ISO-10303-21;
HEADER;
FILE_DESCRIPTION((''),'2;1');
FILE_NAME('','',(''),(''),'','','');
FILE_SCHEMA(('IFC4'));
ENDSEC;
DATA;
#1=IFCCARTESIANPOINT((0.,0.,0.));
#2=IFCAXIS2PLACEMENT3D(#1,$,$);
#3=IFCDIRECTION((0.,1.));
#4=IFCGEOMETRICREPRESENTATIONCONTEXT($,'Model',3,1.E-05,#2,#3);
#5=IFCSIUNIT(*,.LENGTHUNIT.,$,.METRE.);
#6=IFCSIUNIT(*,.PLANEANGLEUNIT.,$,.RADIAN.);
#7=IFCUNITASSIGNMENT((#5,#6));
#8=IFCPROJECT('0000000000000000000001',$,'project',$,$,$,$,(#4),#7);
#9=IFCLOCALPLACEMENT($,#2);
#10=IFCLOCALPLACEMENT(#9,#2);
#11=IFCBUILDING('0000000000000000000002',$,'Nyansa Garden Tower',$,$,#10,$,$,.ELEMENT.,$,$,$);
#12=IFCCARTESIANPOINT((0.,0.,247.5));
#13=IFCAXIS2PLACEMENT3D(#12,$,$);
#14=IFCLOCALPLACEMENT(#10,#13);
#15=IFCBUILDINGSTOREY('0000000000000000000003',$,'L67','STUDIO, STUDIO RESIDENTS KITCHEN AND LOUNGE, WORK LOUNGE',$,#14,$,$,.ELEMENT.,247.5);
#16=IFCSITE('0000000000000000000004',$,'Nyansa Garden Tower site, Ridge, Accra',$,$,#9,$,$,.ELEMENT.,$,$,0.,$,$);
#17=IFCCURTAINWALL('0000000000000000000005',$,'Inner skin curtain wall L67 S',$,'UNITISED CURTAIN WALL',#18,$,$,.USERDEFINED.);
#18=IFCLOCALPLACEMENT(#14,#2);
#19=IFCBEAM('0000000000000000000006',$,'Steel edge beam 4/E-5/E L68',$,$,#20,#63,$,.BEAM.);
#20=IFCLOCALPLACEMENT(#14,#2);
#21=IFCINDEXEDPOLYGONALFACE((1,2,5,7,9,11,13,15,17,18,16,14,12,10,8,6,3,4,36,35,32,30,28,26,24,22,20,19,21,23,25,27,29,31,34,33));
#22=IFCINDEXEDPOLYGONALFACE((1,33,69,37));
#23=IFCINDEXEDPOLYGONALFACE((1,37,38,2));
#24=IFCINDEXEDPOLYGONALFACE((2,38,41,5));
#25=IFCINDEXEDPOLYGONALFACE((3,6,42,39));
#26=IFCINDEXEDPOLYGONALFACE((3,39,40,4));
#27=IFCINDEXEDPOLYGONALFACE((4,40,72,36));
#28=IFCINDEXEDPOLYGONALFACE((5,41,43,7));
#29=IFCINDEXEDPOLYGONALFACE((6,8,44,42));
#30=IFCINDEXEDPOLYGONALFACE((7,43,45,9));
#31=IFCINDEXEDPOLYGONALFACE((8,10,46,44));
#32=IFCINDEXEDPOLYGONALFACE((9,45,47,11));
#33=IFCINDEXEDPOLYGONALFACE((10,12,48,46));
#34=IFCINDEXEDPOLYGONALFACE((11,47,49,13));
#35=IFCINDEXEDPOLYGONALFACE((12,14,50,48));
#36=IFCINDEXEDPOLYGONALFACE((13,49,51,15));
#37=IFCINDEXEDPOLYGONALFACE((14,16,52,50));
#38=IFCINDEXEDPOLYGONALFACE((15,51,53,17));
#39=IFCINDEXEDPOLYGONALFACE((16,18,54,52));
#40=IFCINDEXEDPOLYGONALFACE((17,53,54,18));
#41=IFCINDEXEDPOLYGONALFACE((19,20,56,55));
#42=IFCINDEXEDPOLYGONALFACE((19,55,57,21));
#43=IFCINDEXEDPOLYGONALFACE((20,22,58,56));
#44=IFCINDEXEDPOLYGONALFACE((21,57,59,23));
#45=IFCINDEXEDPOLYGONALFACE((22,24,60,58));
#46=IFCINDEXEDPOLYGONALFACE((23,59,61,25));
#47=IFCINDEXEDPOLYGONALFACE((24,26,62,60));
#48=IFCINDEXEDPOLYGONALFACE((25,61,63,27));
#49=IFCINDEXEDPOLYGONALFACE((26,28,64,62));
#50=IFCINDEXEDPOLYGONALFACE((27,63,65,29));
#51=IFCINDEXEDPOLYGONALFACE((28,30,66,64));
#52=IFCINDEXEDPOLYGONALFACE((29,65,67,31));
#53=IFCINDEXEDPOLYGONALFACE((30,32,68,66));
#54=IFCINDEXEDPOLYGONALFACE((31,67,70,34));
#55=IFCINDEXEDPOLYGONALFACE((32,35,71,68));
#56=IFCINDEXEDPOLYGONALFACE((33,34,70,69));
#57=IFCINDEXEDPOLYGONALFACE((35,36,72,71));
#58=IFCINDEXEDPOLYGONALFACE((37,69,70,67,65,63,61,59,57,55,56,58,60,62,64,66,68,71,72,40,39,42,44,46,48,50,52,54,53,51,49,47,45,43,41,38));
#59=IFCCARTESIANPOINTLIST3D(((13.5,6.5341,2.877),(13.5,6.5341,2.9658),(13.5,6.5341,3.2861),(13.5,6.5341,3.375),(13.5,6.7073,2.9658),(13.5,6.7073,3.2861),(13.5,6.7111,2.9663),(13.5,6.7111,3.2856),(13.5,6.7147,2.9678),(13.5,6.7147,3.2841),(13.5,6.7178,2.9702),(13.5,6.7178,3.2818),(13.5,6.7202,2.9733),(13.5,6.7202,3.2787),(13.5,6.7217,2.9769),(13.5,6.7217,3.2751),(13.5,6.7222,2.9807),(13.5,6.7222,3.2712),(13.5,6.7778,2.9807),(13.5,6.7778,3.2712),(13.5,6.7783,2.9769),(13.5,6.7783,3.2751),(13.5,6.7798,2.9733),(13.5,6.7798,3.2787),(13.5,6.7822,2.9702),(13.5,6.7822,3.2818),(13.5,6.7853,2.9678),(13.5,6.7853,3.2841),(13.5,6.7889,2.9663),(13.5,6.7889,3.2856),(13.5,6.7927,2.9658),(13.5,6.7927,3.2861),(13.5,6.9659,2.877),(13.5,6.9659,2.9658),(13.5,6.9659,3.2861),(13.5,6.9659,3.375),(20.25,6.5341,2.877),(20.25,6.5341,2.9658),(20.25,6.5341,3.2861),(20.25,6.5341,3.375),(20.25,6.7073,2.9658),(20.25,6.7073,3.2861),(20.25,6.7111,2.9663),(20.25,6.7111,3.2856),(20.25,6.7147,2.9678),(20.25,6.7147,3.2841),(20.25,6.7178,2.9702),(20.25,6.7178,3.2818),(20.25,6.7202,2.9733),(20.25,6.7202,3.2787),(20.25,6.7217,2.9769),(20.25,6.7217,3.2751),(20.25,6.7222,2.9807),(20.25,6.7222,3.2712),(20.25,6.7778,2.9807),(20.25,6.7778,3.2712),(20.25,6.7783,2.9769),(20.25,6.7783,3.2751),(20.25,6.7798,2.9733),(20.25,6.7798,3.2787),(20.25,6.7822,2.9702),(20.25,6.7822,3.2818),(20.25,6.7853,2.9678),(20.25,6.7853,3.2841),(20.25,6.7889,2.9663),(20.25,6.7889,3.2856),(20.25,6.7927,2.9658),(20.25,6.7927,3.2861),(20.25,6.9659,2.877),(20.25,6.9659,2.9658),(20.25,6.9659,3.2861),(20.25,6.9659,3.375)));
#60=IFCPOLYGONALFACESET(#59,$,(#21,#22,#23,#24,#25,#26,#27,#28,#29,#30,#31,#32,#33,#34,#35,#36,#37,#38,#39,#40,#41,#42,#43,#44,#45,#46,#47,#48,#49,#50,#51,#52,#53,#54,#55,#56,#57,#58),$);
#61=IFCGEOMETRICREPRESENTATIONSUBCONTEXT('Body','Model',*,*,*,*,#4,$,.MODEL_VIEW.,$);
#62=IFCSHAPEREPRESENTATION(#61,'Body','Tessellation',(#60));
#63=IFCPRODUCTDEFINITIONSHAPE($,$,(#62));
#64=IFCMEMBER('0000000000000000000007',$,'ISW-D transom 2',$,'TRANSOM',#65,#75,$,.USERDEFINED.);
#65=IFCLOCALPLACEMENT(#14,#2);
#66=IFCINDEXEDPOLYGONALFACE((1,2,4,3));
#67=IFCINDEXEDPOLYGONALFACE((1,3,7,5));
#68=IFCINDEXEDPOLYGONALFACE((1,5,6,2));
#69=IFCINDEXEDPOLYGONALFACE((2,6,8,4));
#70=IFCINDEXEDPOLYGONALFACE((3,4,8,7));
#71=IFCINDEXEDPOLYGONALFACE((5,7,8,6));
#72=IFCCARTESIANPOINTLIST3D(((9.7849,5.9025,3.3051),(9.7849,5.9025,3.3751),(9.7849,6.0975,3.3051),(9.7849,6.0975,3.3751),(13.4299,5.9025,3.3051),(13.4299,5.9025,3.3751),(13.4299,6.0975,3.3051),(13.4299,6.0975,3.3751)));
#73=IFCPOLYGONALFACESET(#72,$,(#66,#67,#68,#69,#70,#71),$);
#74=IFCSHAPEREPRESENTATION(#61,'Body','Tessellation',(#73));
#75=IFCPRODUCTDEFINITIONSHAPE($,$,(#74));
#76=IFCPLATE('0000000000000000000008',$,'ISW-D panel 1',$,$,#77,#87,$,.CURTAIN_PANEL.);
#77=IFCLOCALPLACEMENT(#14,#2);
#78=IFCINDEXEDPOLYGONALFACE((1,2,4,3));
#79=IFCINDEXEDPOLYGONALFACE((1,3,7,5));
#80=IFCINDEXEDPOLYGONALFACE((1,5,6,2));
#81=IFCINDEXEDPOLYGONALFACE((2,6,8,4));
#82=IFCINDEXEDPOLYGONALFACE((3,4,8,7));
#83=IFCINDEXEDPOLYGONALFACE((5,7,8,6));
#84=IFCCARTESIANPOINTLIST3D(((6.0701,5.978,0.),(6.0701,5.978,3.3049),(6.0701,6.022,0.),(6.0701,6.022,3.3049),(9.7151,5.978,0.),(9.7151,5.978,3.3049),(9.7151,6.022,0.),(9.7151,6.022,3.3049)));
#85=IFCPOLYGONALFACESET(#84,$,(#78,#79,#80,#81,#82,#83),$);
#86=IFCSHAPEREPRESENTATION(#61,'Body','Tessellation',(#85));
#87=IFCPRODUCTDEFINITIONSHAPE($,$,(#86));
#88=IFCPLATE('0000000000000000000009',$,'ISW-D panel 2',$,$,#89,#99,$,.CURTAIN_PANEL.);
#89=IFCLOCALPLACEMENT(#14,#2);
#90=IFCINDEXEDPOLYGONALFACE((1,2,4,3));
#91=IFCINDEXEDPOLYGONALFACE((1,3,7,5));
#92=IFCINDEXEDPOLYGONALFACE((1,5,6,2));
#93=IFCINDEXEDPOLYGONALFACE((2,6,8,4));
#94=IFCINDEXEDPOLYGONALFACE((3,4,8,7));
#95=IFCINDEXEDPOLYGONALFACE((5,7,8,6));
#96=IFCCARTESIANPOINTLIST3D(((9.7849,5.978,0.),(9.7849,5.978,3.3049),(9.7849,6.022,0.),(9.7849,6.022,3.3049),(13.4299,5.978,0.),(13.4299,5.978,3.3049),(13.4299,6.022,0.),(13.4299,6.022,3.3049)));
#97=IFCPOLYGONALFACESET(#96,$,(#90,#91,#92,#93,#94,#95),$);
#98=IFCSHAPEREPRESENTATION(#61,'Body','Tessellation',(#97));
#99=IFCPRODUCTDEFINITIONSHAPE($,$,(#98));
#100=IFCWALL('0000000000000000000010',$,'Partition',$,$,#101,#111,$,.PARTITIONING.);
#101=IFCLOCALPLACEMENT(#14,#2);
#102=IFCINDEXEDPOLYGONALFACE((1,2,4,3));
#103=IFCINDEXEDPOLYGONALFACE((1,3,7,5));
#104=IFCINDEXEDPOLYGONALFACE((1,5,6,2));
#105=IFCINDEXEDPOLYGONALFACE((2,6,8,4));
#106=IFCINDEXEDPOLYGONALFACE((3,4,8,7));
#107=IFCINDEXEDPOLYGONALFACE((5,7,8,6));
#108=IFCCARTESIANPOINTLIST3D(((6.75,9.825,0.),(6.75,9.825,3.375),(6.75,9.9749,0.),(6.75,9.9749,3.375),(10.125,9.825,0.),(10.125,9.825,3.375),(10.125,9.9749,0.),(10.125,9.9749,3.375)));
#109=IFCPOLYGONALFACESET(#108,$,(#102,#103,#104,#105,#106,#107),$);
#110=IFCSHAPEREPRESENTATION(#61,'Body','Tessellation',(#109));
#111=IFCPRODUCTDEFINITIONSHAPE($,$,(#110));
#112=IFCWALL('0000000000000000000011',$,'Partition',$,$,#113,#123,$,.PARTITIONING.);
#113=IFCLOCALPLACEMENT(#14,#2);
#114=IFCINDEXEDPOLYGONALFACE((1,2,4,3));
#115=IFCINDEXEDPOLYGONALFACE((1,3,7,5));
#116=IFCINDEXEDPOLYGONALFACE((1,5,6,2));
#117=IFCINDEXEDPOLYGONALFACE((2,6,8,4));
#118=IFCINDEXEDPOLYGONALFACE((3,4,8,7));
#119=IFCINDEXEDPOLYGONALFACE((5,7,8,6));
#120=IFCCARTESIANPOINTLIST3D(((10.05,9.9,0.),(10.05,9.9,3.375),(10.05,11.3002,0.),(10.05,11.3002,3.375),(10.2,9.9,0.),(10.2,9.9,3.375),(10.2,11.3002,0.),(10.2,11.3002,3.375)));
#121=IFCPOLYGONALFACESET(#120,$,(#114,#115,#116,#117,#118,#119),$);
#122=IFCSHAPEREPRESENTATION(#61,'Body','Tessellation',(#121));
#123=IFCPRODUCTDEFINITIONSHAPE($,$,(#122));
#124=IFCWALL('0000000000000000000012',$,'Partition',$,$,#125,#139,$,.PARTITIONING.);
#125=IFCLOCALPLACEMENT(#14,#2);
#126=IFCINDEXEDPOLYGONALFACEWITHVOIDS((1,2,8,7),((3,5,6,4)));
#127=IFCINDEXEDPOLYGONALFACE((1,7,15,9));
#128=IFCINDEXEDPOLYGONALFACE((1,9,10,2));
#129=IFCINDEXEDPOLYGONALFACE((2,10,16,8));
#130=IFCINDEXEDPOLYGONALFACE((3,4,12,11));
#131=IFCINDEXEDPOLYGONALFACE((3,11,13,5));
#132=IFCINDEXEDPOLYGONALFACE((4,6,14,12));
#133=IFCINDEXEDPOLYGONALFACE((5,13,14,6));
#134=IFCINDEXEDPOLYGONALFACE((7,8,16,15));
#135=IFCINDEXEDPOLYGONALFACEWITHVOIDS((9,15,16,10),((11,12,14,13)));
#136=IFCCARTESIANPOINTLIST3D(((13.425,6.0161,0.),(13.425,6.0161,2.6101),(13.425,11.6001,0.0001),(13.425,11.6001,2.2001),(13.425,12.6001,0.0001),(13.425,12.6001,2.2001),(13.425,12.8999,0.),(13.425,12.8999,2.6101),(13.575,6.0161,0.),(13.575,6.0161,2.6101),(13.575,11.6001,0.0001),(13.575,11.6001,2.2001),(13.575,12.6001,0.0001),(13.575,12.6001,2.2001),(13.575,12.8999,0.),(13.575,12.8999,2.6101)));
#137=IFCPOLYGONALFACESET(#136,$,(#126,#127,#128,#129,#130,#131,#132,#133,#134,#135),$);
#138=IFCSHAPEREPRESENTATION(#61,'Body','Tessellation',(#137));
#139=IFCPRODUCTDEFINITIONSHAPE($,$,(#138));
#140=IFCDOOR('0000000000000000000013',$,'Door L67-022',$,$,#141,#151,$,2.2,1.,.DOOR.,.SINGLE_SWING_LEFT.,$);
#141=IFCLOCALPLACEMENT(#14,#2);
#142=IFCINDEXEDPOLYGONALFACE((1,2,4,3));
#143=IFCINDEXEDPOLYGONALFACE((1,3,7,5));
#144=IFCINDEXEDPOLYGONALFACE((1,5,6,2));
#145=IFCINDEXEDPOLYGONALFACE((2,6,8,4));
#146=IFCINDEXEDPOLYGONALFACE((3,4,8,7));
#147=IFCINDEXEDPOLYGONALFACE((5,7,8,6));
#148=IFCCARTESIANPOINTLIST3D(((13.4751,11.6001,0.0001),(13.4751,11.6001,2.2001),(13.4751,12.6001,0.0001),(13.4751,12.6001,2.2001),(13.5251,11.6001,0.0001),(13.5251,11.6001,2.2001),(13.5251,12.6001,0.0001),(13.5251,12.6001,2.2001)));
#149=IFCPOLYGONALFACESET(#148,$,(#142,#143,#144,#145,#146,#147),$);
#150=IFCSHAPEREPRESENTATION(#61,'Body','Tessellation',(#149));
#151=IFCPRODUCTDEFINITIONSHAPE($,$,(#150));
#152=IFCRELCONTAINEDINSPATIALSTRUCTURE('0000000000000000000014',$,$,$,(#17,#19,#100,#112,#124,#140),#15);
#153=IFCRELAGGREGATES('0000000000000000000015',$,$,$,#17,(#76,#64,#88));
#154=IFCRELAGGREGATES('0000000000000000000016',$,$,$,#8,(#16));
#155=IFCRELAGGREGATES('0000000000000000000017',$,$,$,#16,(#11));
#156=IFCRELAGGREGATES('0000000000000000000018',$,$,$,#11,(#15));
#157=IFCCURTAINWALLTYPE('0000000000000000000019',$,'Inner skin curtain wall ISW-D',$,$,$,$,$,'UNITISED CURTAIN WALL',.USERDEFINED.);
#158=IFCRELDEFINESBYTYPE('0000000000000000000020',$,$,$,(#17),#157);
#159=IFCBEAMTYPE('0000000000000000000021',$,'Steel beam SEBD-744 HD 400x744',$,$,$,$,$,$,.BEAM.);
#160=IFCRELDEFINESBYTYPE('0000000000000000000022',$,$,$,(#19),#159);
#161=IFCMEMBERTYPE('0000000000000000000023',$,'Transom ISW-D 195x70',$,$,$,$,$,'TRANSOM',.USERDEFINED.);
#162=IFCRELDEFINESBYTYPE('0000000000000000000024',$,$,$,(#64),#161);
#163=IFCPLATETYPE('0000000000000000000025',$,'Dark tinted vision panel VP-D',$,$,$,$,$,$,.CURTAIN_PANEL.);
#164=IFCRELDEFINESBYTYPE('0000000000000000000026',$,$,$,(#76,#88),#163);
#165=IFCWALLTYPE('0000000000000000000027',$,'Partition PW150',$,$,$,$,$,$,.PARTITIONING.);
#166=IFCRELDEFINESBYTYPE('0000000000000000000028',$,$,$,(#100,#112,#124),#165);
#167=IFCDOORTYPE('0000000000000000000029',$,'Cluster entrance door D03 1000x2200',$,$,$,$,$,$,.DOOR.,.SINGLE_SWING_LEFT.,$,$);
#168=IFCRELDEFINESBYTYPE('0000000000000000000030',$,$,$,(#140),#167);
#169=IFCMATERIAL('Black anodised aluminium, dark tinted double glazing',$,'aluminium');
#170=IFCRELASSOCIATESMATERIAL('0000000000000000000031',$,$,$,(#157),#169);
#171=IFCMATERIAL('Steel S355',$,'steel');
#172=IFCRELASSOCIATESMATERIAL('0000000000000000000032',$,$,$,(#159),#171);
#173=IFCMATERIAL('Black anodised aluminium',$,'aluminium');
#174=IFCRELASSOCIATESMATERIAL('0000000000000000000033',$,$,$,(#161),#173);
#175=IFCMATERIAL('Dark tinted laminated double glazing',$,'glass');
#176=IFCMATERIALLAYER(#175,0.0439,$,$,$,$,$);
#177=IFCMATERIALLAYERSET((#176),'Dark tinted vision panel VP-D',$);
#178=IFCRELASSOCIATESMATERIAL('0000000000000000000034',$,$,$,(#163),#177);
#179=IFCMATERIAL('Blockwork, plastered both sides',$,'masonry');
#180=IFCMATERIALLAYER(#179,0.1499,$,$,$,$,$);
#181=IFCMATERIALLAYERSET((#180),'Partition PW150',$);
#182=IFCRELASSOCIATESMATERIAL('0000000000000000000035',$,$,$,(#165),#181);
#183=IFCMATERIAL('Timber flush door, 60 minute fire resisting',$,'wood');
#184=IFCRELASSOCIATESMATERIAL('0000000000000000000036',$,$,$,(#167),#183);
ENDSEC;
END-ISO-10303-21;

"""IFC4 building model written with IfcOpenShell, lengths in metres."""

from ifc_helpers import new_model, si_unit, direction, frame, frame_2d, origin, origin_2d, place, context, subcontext, project, spatial, rectangle, i_section, extrude, material, layer, layer_set, material_profile, profile_set, type_object, element, fill, aggregate, save


model = new_model("IFC4")

# Units and contexts
model_context = context("Model", 3, precision=1e-05, world=origin(), true_north=direction((0.0, 1.0)))
body_context = subcontext(model_context, "Body", "Model", "MODEL_VIEW")
ifc_project = project(units=[si_unit("LENGTHUNIT", "METRE"), si_unit("PLANEANGLEUNIT", "RADIAN")], contexts=[model_context])

# Site, building, storey
site_placement = place(None, origin())
site = spatial("IfcSite", under=ifc_project, at=site_placement, Name="Nyansa Garden Tower site, Ridge, Accra", CompositionType="ELEMENT", RefElevation=0.0)
building_placement = place(site_placement, origin())
building = spatial("IfcBuilding", under=site, at=building_placement, Name="Nyansa Garden Tower", CompositionType="ELEMENT")
storey_placement = place(building_placement, frame((0.0, 0.0, 247.5)))
storey = spatial("IfcBuildingStorey", under=building, at=storey_placement, Name="L67", Description="STUDIO, STUDIO RESIDENTS KITCHEN AND LOUNGE, WORK LOUNGE", CompositionType="ELEMENT", Elevation=247.5)

# Curtain wall
ifc_material_1 = material(Name="Black anodised aluminium, dark tinted double glazing", Category="aluminium")
curtain_wall_type = type_object("IfcCurtainWallType", Name="Inner skin curtain wall ISW-D", ElementType="UNITISED CURTAIN WALL", PredefinedType="USERDEFINED", material=ifc_material_1)
curtain_wall_placement = place(storey_placement, origin())
curtain_wall = element("IfcCurtainWall", 1, at=curtain_wall_placement, inside=storey, type_object=curtain_wall_type, Name="Inner skin curtain wall L67 S", ObjectType="UNITISED CURTAIN WALL", PredefinedType="USERDEFINED")

# Beam
ifc_material_2 = material(Name="Steel S355", Category="steel")
ifc_material_profile_1 = material_profile(ifc_material_2, i_section(OverallWidth=0.4319, OverallDepth=0.498, WebThickness=0.0557, FlangeThickness=0.0889, FilletRadius=0.0149, at=origin_2d()), Name="HD 400x744")
ifc_profile_set_1 = profile_set([ifc_material_profile_1], Name="Steel S355")
beam_type_1 = type_object("IfcBeamType", Name="Steel beam SEBD-744 HD 400x744", PredefinedType="BEAM", material=ifc_profile_set_1)
for number, where, z_axis, x_axis, name in (
    (2, (13.5, 6.75, 3.126), (1.0, 0.0, 0.0), (0.0, 1.0, 0.0), "Steel edge beam 4/E-5/E L68"),
):
    element("IfcBeam", number, at=place(storey_placement, frame(where, z_axis=z_axis, x_axis=x_axis)), inside=storey, type_object=beam_type_1, Name=name, PredefinedType="BEAM", context=body_context, shape_type="SweptSolid", body=[
        extrude(i_section(OverallWidth=0.4319, OverallDepth=0.498, WebThickness=0.0557, FlangeThickness=0.0889, FilletRadius=0.0149, at=origin_2d()), origin(), (0.0, 0.0, 1.0), 6.75),
    ])

# Member
ifc_material_3 = material(Name="Black anodised aluminium", Category="aluminium")
ifc_material_profile_2 = material_profile(ifc_material_3, rectangle(XDim=0.1951, YDim=0.0701, at=origin_2d()), Name="Transom 195x70")
ifc_profile_set_2 = profile_set([ifc_material_profile_2], Name="Black anodised aluminium")
member_type_1 = type_object("IfcMemberType", Name="Transom ISW-D 195x70", ElementType="TRANSOM", PredefinedType="USERDEFINED", material=ifc_profile_set_2)
member_1_placement = place(storey_placement, frame((9.7849, 6.0, 3.3401), z_axis=(1.0, 0.0, 0.0), x_axis=(0.0, 1.0, 0.0)))
member_1 = element("IfcMember", 3, at=member_1_placement, type_object=member_type_1, Name="ISW-D transom 2", ObjectType="TRANSOM", PredefinedType="USERDEFINED", context=body_context, shape_type="SweptSolid", body=[
    extrude(rectangle(XDim=0.1951, YDim=0.0701, at=origin_2d()), origin(), (0.0, 0.0, 1.0), 3.645),
])

# Plates
ifc_material_4 = material(Name="Dark tinted laminated double glazing", Category="glass")
ifc_layer_1 = layer(ifc_material_4, 0.0439)
ifc_layer_set_1 = layer_set([ifc_layer_1], Name="Dark tinted vision panel VP-D")
plate_type = type_object("IfcPlateType", Name="Dark tinted vision panel VP-D", PredefinedType="CURTAIN_PANEL", material=ifc_layer_set_1)
plate_1_placement = place(storey_placement, frame((7.8926, 6.0, 0.0), z_axis=(0.0, 0.0, 1.0), x_axis=(1.0, 0.0, 0.0)))
plate_1 = element("IfcPlate", 4, at=plate_1_placement, type_object=plate_type, Name="ISW-D panel 1", PredefinedType="CURTAIN_PANEL", context=body_context, shape_type="SweptSolid", body=[
    extrude(rectangle(XDim=3.645, YDim=0.0439, at=origin_2d()), origin(), (0.0, 0.0, 1.0), 3.3049),
])
plate_2_placement = place(storey_placement, frame((11.6074, 6.0, 0.0), z_axis=(0.0, 0.0, 1.0), x_axis=(1.0, 0.0, 0.0)))
plate_2 = element("IfcPlate", 5, at=plate_2_placement, type_object=plate_type, Name="ISW-D panel 2", PredefinedType="CURTAIN_PANEL", context=body_context, shape_type="SweptSolid", body=[
    extrude(rectangle(XDim=3.645, YDim=0.0439, at=origin_2d()), origin(), (0.0, 0.0, 1.0), 3.3049),
])
aggregate(curtain_wall, [plate_1, member_1, plate_2])

# Walls
ifc_material_5 = material(Name="Blockwork, plastered both sides", Category="masonry")
ifc_layer_2 = layer(ifc_material_5, 0.1499)
ifc_layer_set_2 = layer_set([ifc_layer_2], Name="Partition PW150")
wall_type_1 = type_object("IfcWallType", Name="Partition PW150", PredefinedType="PARTITIONING", material=ifc_layer_set_2)
wall_1_placement = place(storey_placement, frame((6.75, 9.8999, 0.0), z_axis=(0.0, 0.0, 1.0), x_axis=(1.0, 0.0, 0.0)))
element("IfcWall", 6, at=wall_1_placement, inside=storey, type_object=wall_type_1, Name="Partition", PredefinedType="PARTITIONING", context=body_context, shape_type="SweptSolid", body=[
    extrude(rectangle(XDim=3.375, YDim=0.1499, at=frame_2d((1.6875, 0.0))), origin(), (0.0, 0.0, 1.0), 3.375),
])
wall_2_placement = place(storey_placement, frame((10.125, 9.8999, 0.0), z_axis=(0.0, 0.0, 1.0), x_axis=(0.0, 1.0, 0.0)))
element("IfcWall", 7, at=wall_2_placement, inside=storey, type_object=wall_type_1, Name="Partition", PredefinedType="PARTITIONING", context=body_context, shape_type="SweptSolid", body=[
    extrude(rectangle(XDim=1.4001, YDim=0.1499, at=frame_2d((0.7002, 0.0))), origin(), (0.0, 0.0, 1.0), 3.375),
])

# Wall, opening, door
wall_3_placement = place(storey_placement, frame((13.5, 6.0161, 0.0), z_axis=(0.0, 0.0, 1.0), x_axis=(0.0, 1.0, 0.0)))
wall_3 = element("IfcWall", 8, at=wall_3_placement, inside=storey, type_object=wall_type_1, Name="Partition", PredefinedType="PARTITIONING", context=body_context, shape_type="SweptSolid", body=[
    extrude(rectangle(XDim=6.8838, YDim=0.1499, at=frame_2d((3.4419, 0.0))), origin(), (0.0, 0.0, 1.0), 2.6101),
])
opening_1_placement = place(wall_3_placement, frame((5.584, 0.0, 0.0)))
opening_1 = element("IfcOpeningElement", 9, at=opening_1_placement, cuts=wall_3, PredefinedType="OPENING", context=body_context, shape_type="SweptSolid", body=[
    extrude(rectangle(XDim=1.0, YDim=2.2, at=frame_2d((0.5, 1.1001))), frame((0.0, 0.085, 0.0), z_axis=(0.0, -1.0, 0.0), x_axis=(1.0, 0.0, 0.0)), (0.0, 0.0, 1.0), 0.1699),
])
ifc_material_6 = material(Name="Timber flush door, 60 minute fire resisting", Category="wood")
door_type_1 = type_object("IfcDoorType", Name="Cluster entrance door D03 1000x2200", OperationType="SINGLE_SWING_LEFT", PredefinedType="DOOR", material=ifc_material_6)
door_1_placement = place(opening_1_placement, origin())
door_1 = element("IfcDoor", 10, at=door_1_placement, inside=storey, type_object=door_type_1, Name="Door L67-022", OperationType="SINGLE_SWING_LEFT", OverallHeight=2.2, OverallWidth=1.0, PredefinedType="DOOR", context=body_context, shape_type="SweptSolid", body=[
    extrude(rectangle(XDim=1.0, YDim=2.2, at=frame_2d((0.5, 1.1001))), frame((0.0, 0.0249, 0.0), z_axis=(0.0, -1.0, 0.0), x_axis=(1.0, 0.0, 0.0)), (0.0, 0.0, 1.0), 0.05),
])
fill(opening_1, door_1)

save(model, "model.ifc")
